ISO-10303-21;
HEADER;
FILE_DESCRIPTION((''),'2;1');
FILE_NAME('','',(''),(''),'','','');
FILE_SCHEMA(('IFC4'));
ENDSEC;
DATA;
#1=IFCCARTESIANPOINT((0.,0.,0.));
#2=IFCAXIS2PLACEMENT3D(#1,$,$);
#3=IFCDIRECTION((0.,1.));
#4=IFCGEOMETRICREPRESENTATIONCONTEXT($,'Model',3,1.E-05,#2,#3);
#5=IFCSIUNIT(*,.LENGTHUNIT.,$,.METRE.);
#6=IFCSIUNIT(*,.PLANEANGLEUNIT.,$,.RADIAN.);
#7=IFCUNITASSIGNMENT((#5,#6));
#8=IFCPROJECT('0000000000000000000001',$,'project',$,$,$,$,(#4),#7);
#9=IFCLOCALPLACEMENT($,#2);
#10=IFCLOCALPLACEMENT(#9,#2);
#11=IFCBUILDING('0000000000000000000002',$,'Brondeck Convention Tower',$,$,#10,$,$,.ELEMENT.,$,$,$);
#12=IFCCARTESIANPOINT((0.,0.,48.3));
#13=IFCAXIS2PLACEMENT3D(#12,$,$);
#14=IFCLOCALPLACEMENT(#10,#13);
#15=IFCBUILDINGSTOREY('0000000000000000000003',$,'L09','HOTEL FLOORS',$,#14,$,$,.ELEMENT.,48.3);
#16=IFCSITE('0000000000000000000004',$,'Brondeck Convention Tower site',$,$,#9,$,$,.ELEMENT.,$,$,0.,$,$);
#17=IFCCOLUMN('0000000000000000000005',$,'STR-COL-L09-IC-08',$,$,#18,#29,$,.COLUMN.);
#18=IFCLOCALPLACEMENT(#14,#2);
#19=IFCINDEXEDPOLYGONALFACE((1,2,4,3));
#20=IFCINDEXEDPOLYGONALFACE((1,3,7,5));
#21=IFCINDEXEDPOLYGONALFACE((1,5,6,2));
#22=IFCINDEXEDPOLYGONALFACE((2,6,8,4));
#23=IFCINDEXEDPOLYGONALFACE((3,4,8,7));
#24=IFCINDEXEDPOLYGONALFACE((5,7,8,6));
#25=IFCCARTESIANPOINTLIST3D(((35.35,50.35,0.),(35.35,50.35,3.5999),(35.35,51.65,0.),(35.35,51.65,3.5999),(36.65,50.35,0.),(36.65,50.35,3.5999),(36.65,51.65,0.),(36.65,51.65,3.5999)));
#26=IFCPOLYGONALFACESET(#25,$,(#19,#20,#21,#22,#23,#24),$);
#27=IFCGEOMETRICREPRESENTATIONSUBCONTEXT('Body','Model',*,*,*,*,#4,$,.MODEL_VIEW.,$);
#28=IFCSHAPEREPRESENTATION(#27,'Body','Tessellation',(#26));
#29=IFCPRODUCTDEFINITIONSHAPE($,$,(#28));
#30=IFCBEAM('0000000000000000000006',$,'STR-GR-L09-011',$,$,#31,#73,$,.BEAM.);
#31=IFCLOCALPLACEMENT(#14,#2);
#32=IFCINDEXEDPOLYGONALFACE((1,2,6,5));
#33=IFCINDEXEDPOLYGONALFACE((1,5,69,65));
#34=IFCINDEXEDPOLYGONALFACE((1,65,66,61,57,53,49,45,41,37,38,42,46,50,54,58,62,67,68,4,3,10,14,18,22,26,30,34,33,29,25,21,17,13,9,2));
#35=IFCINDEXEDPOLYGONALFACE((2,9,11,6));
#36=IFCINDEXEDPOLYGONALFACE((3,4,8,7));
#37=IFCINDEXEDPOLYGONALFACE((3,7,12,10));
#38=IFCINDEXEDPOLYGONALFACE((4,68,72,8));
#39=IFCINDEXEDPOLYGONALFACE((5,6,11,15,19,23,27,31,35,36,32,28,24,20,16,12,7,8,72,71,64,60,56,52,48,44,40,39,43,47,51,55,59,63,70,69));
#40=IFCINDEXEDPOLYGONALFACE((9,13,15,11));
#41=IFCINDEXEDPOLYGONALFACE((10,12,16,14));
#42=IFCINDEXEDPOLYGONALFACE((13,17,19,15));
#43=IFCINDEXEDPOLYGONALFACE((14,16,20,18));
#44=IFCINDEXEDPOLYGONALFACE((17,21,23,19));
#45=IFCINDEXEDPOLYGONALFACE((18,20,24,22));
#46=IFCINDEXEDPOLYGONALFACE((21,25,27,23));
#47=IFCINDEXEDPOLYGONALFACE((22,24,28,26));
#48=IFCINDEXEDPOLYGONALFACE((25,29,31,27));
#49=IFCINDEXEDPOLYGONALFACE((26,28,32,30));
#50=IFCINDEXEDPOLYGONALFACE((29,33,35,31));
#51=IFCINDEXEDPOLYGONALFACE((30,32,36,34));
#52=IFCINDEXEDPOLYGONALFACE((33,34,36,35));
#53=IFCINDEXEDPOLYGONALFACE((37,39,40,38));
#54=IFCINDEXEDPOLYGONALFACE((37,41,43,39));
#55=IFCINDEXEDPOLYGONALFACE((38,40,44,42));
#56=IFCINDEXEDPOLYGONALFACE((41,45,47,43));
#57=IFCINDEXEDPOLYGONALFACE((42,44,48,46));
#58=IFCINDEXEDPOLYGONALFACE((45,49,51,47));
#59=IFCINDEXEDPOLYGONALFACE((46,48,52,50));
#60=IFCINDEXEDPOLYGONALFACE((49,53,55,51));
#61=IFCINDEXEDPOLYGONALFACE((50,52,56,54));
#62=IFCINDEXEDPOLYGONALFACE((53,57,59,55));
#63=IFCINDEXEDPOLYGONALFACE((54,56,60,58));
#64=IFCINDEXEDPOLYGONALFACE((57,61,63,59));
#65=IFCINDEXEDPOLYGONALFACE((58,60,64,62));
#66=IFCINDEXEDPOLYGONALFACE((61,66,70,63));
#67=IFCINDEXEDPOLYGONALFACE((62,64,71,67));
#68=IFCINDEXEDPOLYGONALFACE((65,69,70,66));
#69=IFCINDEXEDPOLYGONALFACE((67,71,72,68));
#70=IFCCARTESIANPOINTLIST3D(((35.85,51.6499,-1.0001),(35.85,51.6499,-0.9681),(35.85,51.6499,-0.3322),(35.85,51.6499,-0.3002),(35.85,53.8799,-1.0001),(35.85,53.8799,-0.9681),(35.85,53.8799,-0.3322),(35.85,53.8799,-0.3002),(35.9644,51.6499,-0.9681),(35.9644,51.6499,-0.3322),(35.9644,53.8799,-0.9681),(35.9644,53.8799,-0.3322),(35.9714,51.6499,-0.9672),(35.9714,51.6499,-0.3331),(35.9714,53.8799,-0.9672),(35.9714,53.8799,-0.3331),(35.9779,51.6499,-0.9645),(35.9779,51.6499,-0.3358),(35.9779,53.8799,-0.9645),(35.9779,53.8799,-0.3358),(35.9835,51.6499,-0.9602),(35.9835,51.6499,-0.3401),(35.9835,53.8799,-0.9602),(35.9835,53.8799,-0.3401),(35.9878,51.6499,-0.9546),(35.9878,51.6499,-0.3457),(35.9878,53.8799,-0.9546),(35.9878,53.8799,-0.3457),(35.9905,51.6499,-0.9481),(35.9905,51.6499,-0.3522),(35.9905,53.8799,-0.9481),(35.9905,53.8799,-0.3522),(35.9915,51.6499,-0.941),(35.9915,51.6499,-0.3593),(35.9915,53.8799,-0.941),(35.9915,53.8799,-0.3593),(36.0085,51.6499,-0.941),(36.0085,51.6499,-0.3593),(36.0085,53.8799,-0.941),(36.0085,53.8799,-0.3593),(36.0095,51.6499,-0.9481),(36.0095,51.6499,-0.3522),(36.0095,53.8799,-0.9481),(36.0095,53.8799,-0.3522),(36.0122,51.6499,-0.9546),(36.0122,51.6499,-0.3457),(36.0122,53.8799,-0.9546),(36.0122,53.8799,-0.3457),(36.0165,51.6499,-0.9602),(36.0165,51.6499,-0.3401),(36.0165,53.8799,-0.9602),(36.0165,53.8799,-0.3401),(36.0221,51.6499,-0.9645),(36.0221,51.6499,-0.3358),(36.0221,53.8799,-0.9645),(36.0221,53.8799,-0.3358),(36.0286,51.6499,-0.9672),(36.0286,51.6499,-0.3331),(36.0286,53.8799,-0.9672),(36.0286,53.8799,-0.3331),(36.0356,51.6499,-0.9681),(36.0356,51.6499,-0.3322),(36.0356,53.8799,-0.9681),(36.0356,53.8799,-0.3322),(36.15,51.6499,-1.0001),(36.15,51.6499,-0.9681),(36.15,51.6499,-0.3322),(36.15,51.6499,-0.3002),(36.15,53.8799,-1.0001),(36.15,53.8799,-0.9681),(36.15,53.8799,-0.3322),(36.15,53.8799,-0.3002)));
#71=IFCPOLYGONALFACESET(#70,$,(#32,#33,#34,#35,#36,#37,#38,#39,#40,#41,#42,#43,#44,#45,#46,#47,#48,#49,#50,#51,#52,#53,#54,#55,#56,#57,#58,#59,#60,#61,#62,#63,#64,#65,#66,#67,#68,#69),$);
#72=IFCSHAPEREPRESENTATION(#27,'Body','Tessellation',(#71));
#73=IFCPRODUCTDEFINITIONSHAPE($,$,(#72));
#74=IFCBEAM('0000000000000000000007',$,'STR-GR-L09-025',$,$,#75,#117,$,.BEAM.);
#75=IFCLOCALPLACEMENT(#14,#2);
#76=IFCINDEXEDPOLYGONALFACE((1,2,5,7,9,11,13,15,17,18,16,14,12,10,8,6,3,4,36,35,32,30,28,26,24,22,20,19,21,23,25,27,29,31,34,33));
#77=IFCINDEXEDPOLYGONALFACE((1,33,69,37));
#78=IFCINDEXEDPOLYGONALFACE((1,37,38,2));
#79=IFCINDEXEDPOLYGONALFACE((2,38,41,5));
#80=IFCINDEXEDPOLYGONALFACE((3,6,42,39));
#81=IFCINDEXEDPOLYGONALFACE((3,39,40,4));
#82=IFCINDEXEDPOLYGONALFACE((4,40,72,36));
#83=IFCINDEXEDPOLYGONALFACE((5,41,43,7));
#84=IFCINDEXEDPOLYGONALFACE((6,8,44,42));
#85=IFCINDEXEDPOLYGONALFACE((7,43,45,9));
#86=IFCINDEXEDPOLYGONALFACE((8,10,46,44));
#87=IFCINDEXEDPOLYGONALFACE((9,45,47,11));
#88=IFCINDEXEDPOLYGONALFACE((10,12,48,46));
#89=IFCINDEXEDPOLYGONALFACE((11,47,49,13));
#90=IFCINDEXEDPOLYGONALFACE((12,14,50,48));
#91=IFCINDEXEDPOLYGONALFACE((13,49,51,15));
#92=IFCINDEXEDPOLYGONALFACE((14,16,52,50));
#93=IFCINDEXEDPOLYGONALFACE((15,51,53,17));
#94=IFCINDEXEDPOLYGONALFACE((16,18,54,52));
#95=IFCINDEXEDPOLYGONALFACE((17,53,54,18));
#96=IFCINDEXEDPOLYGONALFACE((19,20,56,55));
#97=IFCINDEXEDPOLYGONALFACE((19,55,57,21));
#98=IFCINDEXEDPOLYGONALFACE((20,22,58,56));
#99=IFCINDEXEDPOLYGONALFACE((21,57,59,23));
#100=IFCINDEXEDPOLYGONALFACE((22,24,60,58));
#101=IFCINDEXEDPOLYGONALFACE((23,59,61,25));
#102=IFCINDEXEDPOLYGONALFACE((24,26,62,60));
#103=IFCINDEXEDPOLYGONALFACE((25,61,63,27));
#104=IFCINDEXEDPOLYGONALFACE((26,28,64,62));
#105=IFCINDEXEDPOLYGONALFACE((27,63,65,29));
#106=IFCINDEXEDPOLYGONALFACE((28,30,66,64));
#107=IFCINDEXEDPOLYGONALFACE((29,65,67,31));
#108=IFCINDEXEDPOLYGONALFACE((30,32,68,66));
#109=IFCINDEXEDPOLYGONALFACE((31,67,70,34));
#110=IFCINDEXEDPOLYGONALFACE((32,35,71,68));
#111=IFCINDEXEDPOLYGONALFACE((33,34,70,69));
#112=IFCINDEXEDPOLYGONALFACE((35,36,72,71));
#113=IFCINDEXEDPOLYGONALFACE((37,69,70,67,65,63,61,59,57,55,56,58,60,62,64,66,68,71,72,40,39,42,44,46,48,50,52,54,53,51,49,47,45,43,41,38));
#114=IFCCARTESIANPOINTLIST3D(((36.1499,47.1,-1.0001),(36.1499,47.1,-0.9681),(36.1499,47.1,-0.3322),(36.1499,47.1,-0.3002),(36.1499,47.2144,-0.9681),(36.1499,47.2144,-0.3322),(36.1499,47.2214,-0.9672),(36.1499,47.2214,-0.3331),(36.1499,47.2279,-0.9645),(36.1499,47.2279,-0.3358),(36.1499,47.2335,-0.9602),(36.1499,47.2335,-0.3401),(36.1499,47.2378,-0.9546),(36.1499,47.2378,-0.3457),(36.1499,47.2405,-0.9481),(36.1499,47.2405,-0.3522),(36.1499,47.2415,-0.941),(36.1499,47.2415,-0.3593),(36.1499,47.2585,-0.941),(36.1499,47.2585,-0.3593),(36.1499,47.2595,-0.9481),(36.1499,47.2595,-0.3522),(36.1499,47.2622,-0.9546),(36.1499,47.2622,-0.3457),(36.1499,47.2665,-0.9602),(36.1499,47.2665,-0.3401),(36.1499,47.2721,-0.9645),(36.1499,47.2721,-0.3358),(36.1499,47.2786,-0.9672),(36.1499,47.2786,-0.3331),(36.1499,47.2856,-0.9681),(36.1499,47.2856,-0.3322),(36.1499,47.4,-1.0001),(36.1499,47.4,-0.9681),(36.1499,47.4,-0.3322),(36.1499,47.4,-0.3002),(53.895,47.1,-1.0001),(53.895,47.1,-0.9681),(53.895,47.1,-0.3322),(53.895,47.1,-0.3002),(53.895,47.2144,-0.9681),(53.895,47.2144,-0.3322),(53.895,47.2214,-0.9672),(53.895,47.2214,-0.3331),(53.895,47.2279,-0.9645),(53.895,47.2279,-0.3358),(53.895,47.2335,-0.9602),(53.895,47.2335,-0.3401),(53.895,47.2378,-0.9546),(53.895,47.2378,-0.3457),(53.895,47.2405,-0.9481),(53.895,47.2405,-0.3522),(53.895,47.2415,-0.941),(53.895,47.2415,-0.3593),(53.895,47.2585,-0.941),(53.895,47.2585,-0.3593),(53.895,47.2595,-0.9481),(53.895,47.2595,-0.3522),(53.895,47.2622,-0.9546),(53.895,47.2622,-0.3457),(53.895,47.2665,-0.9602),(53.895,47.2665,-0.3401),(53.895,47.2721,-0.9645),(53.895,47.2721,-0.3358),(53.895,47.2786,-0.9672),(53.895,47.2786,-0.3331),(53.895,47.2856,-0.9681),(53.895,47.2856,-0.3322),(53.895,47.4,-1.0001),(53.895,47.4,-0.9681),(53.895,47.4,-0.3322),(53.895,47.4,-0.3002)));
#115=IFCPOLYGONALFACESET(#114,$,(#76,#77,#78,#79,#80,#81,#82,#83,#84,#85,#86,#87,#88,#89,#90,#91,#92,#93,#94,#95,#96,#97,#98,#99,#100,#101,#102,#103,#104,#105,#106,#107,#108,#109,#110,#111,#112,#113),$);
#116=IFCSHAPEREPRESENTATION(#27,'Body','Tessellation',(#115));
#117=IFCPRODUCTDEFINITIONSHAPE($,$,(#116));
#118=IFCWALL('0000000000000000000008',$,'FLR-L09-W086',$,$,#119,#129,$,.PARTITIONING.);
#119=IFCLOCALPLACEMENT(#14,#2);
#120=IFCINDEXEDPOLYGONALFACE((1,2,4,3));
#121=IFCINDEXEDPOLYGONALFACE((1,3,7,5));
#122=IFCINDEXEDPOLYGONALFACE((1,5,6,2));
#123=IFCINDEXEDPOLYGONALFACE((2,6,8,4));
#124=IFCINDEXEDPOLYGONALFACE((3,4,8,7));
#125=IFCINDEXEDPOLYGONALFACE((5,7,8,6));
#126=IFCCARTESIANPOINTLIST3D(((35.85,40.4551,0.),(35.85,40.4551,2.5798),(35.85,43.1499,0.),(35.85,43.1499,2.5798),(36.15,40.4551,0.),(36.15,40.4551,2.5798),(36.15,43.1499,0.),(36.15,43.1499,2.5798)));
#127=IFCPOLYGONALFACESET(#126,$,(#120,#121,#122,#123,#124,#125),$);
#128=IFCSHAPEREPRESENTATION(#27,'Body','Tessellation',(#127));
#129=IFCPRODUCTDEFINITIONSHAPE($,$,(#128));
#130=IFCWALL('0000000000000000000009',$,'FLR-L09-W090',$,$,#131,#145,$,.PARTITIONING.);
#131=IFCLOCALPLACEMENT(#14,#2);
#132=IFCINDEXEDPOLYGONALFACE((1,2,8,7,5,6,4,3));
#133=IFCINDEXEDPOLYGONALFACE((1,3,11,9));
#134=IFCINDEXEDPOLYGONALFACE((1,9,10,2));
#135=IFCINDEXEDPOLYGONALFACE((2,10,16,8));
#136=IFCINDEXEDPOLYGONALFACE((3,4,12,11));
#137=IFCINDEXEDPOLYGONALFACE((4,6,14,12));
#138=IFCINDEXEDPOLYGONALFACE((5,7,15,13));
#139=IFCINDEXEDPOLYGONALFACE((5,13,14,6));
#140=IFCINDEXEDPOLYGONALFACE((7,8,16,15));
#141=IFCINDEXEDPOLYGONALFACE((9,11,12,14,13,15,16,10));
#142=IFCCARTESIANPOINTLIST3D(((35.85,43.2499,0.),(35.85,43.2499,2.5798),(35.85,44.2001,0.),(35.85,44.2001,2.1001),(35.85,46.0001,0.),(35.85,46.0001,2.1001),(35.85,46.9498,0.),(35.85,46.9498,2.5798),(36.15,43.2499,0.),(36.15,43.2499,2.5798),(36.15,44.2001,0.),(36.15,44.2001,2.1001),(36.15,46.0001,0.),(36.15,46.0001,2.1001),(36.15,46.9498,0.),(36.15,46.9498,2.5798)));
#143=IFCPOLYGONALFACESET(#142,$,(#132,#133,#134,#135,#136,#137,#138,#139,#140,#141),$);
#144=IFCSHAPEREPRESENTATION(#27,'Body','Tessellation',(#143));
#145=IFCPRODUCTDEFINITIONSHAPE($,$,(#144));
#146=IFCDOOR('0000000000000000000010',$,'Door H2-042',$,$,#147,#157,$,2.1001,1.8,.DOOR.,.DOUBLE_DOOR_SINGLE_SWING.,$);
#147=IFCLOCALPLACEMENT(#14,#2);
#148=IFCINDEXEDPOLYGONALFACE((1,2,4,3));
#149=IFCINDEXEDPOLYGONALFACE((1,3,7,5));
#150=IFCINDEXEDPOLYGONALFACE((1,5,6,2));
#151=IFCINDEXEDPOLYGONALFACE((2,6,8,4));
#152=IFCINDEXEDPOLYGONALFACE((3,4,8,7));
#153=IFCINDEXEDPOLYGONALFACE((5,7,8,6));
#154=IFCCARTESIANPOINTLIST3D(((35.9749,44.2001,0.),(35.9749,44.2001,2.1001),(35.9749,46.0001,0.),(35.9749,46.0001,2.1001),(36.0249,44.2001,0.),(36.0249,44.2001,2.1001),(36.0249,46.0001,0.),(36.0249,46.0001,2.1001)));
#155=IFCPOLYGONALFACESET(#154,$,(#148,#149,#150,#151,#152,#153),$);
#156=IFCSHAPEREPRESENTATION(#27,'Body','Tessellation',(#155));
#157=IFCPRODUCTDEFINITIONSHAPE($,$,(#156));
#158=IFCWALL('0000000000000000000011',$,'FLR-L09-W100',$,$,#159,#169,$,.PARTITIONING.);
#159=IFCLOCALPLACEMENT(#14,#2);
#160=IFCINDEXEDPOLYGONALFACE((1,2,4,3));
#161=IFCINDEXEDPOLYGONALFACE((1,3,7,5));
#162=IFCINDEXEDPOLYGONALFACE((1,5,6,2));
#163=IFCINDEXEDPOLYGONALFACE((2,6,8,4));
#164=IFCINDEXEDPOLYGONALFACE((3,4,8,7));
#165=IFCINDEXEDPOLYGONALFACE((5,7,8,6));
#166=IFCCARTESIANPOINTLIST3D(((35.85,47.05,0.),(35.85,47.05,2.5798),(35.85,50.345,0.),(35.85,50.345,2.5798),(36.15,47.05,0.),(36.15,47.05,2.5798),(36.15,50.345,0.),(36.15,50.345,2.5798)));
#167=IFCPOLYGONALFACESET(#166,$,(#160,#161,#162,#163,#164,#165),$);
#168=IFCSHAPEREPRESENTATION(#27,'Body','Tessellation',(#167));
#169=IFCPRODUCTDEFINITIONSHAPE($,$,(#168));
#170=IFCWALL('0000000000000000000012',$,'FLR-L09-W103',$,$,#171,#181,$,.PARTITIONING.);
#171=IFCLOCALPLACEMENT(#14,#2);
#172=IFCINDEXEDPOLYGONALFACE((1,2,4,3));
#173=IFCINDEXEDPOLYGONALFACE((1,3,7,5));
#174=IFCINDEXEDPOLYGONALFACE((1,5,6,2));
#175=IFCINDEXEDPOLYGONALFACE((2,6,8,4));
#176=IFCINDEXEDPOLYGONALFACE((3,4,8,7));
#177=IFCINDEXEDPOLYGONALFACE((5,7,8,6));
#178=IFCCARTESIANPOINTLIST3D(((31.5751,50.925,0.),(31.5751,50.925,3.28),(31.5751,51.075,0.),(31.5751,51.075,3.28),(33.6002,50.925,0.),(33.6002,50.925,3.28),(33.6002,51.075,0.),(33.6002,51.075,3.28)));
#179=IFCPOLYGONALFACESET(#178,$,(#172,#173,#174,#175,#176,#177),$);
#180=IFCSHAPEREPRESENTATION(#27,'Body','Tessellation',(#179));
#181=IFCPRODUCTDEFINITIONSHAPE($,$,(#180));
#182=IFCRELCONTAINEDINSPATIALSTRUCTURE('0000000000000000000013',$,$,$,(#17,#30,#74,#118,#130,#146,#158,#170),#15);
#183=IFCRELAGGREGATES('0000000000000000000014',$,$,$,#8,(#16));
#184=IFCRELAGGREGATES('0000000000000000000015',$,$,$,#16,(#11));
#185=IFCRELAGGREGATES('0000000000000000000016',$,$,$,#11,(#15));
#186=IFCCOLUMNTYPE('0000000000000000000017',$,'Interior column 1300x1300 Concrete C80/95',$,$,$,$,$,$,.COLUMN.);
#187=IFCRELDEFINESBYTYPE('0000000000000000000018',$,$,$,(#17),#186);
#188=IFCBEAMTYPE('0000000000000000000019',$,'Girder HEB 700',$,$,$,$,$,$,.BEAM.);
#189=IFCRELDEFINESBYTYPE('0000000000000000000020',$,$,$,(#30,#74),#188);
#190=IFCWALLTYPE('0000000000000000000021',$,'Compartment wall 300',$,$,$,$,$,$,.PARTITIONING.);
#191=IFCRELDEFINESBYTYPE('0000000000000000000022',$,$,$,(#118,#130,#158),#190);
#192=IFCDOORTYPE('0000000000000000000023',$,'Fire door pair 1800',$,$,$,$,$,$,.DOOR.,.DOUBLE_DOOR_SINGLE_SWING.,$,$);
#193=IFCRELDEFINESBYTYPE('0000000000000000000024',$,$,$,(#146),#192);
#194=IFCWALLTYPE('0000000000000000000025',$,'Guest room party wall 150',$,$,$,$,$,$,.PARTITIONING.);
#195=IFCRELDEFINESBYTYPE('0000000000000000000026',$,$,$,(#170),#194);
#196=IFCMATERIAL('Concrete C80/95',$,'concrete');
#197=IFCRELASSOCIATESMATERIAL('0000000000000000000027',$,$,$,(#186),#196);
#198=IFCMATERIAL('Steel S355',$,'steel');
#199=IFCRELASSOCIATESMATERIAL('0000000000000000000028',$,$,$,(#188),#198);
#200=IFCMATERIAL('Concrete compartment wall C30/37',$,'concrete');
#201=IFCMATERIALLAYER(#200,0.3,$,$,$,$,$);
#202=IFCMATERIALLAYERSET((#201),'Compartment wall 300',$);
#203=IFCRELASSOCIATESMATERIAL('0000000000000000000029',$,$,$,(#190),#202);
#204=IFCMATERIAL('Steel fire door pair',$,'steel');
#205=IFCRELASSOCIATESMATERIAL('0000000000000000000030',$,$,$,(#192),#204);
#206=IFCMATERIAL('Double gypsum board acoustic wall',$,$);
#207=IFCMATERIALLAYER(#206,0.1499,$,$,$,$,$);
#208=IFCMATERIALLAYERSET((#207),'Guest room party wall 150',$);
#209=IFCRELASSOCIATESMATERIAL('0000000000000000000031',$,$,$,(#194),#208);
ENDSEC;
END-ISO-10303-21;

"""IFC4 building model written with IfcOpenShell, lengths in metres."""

from ifc_helpers import new_model, si_unit, direction, frame, frame_2d, origin, origin_2d, place, context, subcontext, project, spatial, rectangle, i_section, extrude, material, layer, layer_set, material_profile, profile_set, type_object, element, fill, save


model = new_model("IFC4")

# Units and contexts
model_context = context("Model", 3, precision=1e-05, world=origin(), true_north=direction((0.0, 1.0)))
body_context = subcontext(model_context, "Body", "Model", "MODEL_VIEW")
ifc_project = project(units=[si_unit("LENGTHUNIT", "METRE"), si_unit("PLANEANGLEUNIT", "RADIAN")], contexts=[model_context])

# Site, building, storey
site_placement = place(None, origin())
site = spatial("IfcSite", under=ifc_project, at=site_placement, Name="Brondeck Convention Tower site", CompositionType="ELEMENT", RefElevation=0.0)
building_placement = place(site_placement, origin())
building = spatial("IfcBuilding", under=site, at=building_placement, Name="Brondeck Convention Tower", CompositionType="ELEMENT")
storey_placement = place(building_placement, frame((0.0, 0.0, 48.3)))
storey = spatial("IfcBuildingStorey", under=building, at=storey_placement, Name="L09", Description="HOTEL FLOORS", CompositionType="ELEMENT", Elevation=48.3)

# Column
ifc_material_1 = material(Name="Concrete C80/95", Category="concrete")
ifc_material_profile_1 = material_profile(ifc_material_1, rectangle(XDim=1.3, YDim=1.3, at=origin_2d()), Name="Interior column 1300x1300 Concrete C80/95")
ifc_profile_set_1 = profile_set([ifc_material_profile_1], Name="Concrete C80/95")
column_type = type_object("IfcColumnType", Name="Interior column 1300x1300 Concrete C80/95", PredefinedType="COLUMN", material=ifc_profile_set_1)
column_placement = place(storey_placement, frame((36.0, 51.0, 0.0), z_axis=(0.0, 0.0, 1.0), x_axis=(1.0, 0.0, 0.0)))
element("IfcColumn", 1, at=column_placement, inside=storey, type_object=column_type, Name="STR-COL-L09-IC-08", PredefinedType="COLUMN", context=body_context, shape_type="SweptSolid", body=[
    extrude(rectangle(XDim=1.3, YDim=1.3, at=origin_2d()), origin(), (0.0, 0.0, 1.0), 3.5999),
])

# Beams
ifc_material_2 = material(Name="Steel S355", Category="steel")
ifc_material_profile_2 = material_profile(ifc_material_2, i_section(OverallWidth=0.3, OverallDepth=0.7, WebThickness=0.0171, FlangeThickness=0.032, FilletRadius=0.0271, at=origin_2d()), Name="HEB 700")
ifc_profile_set_2 = profile_set([ifc_material_profile_2], Name="Steel S355")
beam_type = type_object("IfcBeamType", Name="Girder HEB 700", PredefinedType="BEAM", material=ifc_profile_set_2)
beam_1_placement = place(storey_placement, frame((36.0, 51.6499, -0.6501), z_axis=(0.0, 1.0, 0.0), x_axis=(-1.0, 0.0, 0.0)))
element("IfcBeam", 2, at=beam_1_placement, inside=storey, type_object=beam_type, Name="STR-GR-L09-011", PredefinedType="BEAM", context=body_context, shape_type="SweptSolid", body=[
    extrude(i_section(OverallWidth=0.3, OverallDepth=0.7, WebThickness=0.0171, FlangeThickness=0.032, FilletRadius=0.0271, at=origin_2d()), origin(), (0.0, 0.0, 1.0), 2.23),
])
beam_2_placement = place(storey_placement, frame((36.1499, 47.25, -0.6501), z_axis=(1.0, 0.0, 0.0), x_axis=(0.0, 1.0, 0.0)))
element("IfcBeam", 3, at=beam_2_placement, inside=storey, type_object=beam_type, Name="STR-GR-L09-025", PredefinedType="BEAM", context=body_context, shape_type="SweptSolid", body=[
    extrude(i_section(OverallWidth=0.3, OverallDepth=0.7, WebThickness=0.0171, FlangeThickness=0.032, FilletRadius=0.0271, at=origin_2d()), origin(), (0.0, 0.0, 1.0), 17.7451),
])

# Wall
ifc_material_3 = material(Name="Concrete compartment wall C30/37", Category="concrete")
ifc_layer_1 = layer(ifc_material_3, 0.3)
ifc_layer_set_1 = layer_set([ifc_layer_1], Name="Compartment wall 300")
wall_type_1 = type_object("IfcWallType", Name="Compartment wall 300", PredefinedType="PARTITIONING", material=ifc_layer_set_1)
wall_1_placement = place(storey_placement, frame((36.0, 43.1499, 0.0), z_axis=(0.0, 0.0, 1.0), x_axis=(0.0, -1.0, 0.0)))
element("IfcWall", 4, at=wall_1_placement, inside=storey, type_object=wall_type_1, Name="FLR-L09-W086", PredefinedType="PARTITIONING", context=body_context, shape_type="SweptSolid", body=[
    extrude(rectangle(XDim=2.6948, YDim=0.3, at=frame_2d((1.3474, 0.0))), origin(), (0.0, 0.0, 1.0), 2.5798),
])

# Wall, opening, door
wall_2_placement = place(storey_placement, frame((36.0, 46.95, 0.0), z_axis=(0.0, 0.0, 1.0), x_axis=(0.0, -1.0, 0.0)))
wall_2 = element("IfcWall", 5, at=wall_2_placement, inside=storey, type_object=wall_type_1, Name="FLR-L09-W090", PredefinedType="PARTITIONING", context=body_context, shape_type="SweptSolid", body=[
    extrude(rectangle(XDim=3.7, YDim=0.3, at=frame_2d((1.8501, 0.0))), origin(), (0.0, 0.0, 1.0), 2.5798),
])
opening_1_placement = place(wall_2_placement, frame((0.95, 0.0, 0.0)))
opening_1 = element("IfcOpeningElement", 6, at=opening_1_placement, cuts=wall_2, PredefinedType="OPENING", context=body_context, shape_type="SweptSolid", body=[
    extrude(rectangle(XDim=1.8, YDim=2.1001, at=frame_2d((0.8999, 1.05))), frame((0.0, 0.1599, 0.0), z_axis=(0.0, -1.0, 0.0), x_axis=(1.0, 0.0, 0.0)), (0.0, 0.0, 1.0), 0.3201),
])
ifc_material_4 = material(Name="Steel fire door pair", Category="steel")
door_type_1 = type_object("IfcDoorType", Name="Fire door pair 1800", OperationType="DOUBLE_DOOR_SINGLE_SWING", PredefinedType="DOOR", material=ifc_material_4)
door_1_placement = place(opening_1_placement, origin())
door_1 = element("IfcDoor", 7, at=door_1_placement, inside=storey, type_object=door_type_1, Name="Door H2-042", OperationType="DOUBLE_DOOR_SINGLE_SWING", OverallHeight=2.1001, OverallWidth=1.8, PredefinedType="DOOR", context=body_context, shape_type="SweptSolid", body=[
    extrude(rectangle(XDim=1.8, YDim=2.1001, at=frame_2d((0.8999, 1.05))), frame((0.0, 0.0249, 0.0), z_axis=(0.0, -1.0, 0.0), x_axis=(1.0, 0.0, 0.0)), (0.0, 0.0, 1.0), 0.05),
])
fill(opening_1, door_1)

# Walls
wall_3_placement = place(storey_placement, frame((36.0, 50.345, 0.0), z_axis=(0.0, 0.0, 1.0), x_axis=(0.0, -1.0, 0.0)))
element("IfcWall", 8, at=wall_3_placement, inside=storey, type_object=wall_type_1, Name="FLR-L09-W100", PredefinedType="PARTITIONING", context=body_context, shape_type="SweptSolid", body=[
    extrude(rectangle(XDim=3.2949, YDim=0.3, at=frame_2d((1.6475, 0.0))), origin(), (0.0, 0.0, 1.0), 2.5798),
])
ifc_material_5 = material(Name="Double gypsum board acoustic wall")
ifc_layer_2 = layer(ifc_material_5, 0.1499)
ifc_layer_set_2 = layer_set([ifc_layer_2], Name="Guest room party wall 150")
wall_type_2 = type_object("IfcWallType", Name="Guest room party wall 150", PredefinedType="PARTITIONING", material=ifc_layer_set_2)
wall_4_placement = place(storey_placement, frame((31.575, 51.0, 0.0), z_axis=(0.0, 0.0, 1.0), x_axis=(1.0, 0.0, 0.0)))
element("IfcWall", 9, at=wall_4_placement, inside=storey, type_object=wall_type_2, Name="FLR-L09-W103", PredefinedType="PARTITIONING", context=body_context, shape_type="SweptSolid", body=[
    extrude(rectangle(XDim=2.0251, YDim=0.1499, at=frame_2d((1.0127, 0.0))), origin(), (0.0, 0.0, 1.0), 3.28),
])

save(model, "model.ifc")
